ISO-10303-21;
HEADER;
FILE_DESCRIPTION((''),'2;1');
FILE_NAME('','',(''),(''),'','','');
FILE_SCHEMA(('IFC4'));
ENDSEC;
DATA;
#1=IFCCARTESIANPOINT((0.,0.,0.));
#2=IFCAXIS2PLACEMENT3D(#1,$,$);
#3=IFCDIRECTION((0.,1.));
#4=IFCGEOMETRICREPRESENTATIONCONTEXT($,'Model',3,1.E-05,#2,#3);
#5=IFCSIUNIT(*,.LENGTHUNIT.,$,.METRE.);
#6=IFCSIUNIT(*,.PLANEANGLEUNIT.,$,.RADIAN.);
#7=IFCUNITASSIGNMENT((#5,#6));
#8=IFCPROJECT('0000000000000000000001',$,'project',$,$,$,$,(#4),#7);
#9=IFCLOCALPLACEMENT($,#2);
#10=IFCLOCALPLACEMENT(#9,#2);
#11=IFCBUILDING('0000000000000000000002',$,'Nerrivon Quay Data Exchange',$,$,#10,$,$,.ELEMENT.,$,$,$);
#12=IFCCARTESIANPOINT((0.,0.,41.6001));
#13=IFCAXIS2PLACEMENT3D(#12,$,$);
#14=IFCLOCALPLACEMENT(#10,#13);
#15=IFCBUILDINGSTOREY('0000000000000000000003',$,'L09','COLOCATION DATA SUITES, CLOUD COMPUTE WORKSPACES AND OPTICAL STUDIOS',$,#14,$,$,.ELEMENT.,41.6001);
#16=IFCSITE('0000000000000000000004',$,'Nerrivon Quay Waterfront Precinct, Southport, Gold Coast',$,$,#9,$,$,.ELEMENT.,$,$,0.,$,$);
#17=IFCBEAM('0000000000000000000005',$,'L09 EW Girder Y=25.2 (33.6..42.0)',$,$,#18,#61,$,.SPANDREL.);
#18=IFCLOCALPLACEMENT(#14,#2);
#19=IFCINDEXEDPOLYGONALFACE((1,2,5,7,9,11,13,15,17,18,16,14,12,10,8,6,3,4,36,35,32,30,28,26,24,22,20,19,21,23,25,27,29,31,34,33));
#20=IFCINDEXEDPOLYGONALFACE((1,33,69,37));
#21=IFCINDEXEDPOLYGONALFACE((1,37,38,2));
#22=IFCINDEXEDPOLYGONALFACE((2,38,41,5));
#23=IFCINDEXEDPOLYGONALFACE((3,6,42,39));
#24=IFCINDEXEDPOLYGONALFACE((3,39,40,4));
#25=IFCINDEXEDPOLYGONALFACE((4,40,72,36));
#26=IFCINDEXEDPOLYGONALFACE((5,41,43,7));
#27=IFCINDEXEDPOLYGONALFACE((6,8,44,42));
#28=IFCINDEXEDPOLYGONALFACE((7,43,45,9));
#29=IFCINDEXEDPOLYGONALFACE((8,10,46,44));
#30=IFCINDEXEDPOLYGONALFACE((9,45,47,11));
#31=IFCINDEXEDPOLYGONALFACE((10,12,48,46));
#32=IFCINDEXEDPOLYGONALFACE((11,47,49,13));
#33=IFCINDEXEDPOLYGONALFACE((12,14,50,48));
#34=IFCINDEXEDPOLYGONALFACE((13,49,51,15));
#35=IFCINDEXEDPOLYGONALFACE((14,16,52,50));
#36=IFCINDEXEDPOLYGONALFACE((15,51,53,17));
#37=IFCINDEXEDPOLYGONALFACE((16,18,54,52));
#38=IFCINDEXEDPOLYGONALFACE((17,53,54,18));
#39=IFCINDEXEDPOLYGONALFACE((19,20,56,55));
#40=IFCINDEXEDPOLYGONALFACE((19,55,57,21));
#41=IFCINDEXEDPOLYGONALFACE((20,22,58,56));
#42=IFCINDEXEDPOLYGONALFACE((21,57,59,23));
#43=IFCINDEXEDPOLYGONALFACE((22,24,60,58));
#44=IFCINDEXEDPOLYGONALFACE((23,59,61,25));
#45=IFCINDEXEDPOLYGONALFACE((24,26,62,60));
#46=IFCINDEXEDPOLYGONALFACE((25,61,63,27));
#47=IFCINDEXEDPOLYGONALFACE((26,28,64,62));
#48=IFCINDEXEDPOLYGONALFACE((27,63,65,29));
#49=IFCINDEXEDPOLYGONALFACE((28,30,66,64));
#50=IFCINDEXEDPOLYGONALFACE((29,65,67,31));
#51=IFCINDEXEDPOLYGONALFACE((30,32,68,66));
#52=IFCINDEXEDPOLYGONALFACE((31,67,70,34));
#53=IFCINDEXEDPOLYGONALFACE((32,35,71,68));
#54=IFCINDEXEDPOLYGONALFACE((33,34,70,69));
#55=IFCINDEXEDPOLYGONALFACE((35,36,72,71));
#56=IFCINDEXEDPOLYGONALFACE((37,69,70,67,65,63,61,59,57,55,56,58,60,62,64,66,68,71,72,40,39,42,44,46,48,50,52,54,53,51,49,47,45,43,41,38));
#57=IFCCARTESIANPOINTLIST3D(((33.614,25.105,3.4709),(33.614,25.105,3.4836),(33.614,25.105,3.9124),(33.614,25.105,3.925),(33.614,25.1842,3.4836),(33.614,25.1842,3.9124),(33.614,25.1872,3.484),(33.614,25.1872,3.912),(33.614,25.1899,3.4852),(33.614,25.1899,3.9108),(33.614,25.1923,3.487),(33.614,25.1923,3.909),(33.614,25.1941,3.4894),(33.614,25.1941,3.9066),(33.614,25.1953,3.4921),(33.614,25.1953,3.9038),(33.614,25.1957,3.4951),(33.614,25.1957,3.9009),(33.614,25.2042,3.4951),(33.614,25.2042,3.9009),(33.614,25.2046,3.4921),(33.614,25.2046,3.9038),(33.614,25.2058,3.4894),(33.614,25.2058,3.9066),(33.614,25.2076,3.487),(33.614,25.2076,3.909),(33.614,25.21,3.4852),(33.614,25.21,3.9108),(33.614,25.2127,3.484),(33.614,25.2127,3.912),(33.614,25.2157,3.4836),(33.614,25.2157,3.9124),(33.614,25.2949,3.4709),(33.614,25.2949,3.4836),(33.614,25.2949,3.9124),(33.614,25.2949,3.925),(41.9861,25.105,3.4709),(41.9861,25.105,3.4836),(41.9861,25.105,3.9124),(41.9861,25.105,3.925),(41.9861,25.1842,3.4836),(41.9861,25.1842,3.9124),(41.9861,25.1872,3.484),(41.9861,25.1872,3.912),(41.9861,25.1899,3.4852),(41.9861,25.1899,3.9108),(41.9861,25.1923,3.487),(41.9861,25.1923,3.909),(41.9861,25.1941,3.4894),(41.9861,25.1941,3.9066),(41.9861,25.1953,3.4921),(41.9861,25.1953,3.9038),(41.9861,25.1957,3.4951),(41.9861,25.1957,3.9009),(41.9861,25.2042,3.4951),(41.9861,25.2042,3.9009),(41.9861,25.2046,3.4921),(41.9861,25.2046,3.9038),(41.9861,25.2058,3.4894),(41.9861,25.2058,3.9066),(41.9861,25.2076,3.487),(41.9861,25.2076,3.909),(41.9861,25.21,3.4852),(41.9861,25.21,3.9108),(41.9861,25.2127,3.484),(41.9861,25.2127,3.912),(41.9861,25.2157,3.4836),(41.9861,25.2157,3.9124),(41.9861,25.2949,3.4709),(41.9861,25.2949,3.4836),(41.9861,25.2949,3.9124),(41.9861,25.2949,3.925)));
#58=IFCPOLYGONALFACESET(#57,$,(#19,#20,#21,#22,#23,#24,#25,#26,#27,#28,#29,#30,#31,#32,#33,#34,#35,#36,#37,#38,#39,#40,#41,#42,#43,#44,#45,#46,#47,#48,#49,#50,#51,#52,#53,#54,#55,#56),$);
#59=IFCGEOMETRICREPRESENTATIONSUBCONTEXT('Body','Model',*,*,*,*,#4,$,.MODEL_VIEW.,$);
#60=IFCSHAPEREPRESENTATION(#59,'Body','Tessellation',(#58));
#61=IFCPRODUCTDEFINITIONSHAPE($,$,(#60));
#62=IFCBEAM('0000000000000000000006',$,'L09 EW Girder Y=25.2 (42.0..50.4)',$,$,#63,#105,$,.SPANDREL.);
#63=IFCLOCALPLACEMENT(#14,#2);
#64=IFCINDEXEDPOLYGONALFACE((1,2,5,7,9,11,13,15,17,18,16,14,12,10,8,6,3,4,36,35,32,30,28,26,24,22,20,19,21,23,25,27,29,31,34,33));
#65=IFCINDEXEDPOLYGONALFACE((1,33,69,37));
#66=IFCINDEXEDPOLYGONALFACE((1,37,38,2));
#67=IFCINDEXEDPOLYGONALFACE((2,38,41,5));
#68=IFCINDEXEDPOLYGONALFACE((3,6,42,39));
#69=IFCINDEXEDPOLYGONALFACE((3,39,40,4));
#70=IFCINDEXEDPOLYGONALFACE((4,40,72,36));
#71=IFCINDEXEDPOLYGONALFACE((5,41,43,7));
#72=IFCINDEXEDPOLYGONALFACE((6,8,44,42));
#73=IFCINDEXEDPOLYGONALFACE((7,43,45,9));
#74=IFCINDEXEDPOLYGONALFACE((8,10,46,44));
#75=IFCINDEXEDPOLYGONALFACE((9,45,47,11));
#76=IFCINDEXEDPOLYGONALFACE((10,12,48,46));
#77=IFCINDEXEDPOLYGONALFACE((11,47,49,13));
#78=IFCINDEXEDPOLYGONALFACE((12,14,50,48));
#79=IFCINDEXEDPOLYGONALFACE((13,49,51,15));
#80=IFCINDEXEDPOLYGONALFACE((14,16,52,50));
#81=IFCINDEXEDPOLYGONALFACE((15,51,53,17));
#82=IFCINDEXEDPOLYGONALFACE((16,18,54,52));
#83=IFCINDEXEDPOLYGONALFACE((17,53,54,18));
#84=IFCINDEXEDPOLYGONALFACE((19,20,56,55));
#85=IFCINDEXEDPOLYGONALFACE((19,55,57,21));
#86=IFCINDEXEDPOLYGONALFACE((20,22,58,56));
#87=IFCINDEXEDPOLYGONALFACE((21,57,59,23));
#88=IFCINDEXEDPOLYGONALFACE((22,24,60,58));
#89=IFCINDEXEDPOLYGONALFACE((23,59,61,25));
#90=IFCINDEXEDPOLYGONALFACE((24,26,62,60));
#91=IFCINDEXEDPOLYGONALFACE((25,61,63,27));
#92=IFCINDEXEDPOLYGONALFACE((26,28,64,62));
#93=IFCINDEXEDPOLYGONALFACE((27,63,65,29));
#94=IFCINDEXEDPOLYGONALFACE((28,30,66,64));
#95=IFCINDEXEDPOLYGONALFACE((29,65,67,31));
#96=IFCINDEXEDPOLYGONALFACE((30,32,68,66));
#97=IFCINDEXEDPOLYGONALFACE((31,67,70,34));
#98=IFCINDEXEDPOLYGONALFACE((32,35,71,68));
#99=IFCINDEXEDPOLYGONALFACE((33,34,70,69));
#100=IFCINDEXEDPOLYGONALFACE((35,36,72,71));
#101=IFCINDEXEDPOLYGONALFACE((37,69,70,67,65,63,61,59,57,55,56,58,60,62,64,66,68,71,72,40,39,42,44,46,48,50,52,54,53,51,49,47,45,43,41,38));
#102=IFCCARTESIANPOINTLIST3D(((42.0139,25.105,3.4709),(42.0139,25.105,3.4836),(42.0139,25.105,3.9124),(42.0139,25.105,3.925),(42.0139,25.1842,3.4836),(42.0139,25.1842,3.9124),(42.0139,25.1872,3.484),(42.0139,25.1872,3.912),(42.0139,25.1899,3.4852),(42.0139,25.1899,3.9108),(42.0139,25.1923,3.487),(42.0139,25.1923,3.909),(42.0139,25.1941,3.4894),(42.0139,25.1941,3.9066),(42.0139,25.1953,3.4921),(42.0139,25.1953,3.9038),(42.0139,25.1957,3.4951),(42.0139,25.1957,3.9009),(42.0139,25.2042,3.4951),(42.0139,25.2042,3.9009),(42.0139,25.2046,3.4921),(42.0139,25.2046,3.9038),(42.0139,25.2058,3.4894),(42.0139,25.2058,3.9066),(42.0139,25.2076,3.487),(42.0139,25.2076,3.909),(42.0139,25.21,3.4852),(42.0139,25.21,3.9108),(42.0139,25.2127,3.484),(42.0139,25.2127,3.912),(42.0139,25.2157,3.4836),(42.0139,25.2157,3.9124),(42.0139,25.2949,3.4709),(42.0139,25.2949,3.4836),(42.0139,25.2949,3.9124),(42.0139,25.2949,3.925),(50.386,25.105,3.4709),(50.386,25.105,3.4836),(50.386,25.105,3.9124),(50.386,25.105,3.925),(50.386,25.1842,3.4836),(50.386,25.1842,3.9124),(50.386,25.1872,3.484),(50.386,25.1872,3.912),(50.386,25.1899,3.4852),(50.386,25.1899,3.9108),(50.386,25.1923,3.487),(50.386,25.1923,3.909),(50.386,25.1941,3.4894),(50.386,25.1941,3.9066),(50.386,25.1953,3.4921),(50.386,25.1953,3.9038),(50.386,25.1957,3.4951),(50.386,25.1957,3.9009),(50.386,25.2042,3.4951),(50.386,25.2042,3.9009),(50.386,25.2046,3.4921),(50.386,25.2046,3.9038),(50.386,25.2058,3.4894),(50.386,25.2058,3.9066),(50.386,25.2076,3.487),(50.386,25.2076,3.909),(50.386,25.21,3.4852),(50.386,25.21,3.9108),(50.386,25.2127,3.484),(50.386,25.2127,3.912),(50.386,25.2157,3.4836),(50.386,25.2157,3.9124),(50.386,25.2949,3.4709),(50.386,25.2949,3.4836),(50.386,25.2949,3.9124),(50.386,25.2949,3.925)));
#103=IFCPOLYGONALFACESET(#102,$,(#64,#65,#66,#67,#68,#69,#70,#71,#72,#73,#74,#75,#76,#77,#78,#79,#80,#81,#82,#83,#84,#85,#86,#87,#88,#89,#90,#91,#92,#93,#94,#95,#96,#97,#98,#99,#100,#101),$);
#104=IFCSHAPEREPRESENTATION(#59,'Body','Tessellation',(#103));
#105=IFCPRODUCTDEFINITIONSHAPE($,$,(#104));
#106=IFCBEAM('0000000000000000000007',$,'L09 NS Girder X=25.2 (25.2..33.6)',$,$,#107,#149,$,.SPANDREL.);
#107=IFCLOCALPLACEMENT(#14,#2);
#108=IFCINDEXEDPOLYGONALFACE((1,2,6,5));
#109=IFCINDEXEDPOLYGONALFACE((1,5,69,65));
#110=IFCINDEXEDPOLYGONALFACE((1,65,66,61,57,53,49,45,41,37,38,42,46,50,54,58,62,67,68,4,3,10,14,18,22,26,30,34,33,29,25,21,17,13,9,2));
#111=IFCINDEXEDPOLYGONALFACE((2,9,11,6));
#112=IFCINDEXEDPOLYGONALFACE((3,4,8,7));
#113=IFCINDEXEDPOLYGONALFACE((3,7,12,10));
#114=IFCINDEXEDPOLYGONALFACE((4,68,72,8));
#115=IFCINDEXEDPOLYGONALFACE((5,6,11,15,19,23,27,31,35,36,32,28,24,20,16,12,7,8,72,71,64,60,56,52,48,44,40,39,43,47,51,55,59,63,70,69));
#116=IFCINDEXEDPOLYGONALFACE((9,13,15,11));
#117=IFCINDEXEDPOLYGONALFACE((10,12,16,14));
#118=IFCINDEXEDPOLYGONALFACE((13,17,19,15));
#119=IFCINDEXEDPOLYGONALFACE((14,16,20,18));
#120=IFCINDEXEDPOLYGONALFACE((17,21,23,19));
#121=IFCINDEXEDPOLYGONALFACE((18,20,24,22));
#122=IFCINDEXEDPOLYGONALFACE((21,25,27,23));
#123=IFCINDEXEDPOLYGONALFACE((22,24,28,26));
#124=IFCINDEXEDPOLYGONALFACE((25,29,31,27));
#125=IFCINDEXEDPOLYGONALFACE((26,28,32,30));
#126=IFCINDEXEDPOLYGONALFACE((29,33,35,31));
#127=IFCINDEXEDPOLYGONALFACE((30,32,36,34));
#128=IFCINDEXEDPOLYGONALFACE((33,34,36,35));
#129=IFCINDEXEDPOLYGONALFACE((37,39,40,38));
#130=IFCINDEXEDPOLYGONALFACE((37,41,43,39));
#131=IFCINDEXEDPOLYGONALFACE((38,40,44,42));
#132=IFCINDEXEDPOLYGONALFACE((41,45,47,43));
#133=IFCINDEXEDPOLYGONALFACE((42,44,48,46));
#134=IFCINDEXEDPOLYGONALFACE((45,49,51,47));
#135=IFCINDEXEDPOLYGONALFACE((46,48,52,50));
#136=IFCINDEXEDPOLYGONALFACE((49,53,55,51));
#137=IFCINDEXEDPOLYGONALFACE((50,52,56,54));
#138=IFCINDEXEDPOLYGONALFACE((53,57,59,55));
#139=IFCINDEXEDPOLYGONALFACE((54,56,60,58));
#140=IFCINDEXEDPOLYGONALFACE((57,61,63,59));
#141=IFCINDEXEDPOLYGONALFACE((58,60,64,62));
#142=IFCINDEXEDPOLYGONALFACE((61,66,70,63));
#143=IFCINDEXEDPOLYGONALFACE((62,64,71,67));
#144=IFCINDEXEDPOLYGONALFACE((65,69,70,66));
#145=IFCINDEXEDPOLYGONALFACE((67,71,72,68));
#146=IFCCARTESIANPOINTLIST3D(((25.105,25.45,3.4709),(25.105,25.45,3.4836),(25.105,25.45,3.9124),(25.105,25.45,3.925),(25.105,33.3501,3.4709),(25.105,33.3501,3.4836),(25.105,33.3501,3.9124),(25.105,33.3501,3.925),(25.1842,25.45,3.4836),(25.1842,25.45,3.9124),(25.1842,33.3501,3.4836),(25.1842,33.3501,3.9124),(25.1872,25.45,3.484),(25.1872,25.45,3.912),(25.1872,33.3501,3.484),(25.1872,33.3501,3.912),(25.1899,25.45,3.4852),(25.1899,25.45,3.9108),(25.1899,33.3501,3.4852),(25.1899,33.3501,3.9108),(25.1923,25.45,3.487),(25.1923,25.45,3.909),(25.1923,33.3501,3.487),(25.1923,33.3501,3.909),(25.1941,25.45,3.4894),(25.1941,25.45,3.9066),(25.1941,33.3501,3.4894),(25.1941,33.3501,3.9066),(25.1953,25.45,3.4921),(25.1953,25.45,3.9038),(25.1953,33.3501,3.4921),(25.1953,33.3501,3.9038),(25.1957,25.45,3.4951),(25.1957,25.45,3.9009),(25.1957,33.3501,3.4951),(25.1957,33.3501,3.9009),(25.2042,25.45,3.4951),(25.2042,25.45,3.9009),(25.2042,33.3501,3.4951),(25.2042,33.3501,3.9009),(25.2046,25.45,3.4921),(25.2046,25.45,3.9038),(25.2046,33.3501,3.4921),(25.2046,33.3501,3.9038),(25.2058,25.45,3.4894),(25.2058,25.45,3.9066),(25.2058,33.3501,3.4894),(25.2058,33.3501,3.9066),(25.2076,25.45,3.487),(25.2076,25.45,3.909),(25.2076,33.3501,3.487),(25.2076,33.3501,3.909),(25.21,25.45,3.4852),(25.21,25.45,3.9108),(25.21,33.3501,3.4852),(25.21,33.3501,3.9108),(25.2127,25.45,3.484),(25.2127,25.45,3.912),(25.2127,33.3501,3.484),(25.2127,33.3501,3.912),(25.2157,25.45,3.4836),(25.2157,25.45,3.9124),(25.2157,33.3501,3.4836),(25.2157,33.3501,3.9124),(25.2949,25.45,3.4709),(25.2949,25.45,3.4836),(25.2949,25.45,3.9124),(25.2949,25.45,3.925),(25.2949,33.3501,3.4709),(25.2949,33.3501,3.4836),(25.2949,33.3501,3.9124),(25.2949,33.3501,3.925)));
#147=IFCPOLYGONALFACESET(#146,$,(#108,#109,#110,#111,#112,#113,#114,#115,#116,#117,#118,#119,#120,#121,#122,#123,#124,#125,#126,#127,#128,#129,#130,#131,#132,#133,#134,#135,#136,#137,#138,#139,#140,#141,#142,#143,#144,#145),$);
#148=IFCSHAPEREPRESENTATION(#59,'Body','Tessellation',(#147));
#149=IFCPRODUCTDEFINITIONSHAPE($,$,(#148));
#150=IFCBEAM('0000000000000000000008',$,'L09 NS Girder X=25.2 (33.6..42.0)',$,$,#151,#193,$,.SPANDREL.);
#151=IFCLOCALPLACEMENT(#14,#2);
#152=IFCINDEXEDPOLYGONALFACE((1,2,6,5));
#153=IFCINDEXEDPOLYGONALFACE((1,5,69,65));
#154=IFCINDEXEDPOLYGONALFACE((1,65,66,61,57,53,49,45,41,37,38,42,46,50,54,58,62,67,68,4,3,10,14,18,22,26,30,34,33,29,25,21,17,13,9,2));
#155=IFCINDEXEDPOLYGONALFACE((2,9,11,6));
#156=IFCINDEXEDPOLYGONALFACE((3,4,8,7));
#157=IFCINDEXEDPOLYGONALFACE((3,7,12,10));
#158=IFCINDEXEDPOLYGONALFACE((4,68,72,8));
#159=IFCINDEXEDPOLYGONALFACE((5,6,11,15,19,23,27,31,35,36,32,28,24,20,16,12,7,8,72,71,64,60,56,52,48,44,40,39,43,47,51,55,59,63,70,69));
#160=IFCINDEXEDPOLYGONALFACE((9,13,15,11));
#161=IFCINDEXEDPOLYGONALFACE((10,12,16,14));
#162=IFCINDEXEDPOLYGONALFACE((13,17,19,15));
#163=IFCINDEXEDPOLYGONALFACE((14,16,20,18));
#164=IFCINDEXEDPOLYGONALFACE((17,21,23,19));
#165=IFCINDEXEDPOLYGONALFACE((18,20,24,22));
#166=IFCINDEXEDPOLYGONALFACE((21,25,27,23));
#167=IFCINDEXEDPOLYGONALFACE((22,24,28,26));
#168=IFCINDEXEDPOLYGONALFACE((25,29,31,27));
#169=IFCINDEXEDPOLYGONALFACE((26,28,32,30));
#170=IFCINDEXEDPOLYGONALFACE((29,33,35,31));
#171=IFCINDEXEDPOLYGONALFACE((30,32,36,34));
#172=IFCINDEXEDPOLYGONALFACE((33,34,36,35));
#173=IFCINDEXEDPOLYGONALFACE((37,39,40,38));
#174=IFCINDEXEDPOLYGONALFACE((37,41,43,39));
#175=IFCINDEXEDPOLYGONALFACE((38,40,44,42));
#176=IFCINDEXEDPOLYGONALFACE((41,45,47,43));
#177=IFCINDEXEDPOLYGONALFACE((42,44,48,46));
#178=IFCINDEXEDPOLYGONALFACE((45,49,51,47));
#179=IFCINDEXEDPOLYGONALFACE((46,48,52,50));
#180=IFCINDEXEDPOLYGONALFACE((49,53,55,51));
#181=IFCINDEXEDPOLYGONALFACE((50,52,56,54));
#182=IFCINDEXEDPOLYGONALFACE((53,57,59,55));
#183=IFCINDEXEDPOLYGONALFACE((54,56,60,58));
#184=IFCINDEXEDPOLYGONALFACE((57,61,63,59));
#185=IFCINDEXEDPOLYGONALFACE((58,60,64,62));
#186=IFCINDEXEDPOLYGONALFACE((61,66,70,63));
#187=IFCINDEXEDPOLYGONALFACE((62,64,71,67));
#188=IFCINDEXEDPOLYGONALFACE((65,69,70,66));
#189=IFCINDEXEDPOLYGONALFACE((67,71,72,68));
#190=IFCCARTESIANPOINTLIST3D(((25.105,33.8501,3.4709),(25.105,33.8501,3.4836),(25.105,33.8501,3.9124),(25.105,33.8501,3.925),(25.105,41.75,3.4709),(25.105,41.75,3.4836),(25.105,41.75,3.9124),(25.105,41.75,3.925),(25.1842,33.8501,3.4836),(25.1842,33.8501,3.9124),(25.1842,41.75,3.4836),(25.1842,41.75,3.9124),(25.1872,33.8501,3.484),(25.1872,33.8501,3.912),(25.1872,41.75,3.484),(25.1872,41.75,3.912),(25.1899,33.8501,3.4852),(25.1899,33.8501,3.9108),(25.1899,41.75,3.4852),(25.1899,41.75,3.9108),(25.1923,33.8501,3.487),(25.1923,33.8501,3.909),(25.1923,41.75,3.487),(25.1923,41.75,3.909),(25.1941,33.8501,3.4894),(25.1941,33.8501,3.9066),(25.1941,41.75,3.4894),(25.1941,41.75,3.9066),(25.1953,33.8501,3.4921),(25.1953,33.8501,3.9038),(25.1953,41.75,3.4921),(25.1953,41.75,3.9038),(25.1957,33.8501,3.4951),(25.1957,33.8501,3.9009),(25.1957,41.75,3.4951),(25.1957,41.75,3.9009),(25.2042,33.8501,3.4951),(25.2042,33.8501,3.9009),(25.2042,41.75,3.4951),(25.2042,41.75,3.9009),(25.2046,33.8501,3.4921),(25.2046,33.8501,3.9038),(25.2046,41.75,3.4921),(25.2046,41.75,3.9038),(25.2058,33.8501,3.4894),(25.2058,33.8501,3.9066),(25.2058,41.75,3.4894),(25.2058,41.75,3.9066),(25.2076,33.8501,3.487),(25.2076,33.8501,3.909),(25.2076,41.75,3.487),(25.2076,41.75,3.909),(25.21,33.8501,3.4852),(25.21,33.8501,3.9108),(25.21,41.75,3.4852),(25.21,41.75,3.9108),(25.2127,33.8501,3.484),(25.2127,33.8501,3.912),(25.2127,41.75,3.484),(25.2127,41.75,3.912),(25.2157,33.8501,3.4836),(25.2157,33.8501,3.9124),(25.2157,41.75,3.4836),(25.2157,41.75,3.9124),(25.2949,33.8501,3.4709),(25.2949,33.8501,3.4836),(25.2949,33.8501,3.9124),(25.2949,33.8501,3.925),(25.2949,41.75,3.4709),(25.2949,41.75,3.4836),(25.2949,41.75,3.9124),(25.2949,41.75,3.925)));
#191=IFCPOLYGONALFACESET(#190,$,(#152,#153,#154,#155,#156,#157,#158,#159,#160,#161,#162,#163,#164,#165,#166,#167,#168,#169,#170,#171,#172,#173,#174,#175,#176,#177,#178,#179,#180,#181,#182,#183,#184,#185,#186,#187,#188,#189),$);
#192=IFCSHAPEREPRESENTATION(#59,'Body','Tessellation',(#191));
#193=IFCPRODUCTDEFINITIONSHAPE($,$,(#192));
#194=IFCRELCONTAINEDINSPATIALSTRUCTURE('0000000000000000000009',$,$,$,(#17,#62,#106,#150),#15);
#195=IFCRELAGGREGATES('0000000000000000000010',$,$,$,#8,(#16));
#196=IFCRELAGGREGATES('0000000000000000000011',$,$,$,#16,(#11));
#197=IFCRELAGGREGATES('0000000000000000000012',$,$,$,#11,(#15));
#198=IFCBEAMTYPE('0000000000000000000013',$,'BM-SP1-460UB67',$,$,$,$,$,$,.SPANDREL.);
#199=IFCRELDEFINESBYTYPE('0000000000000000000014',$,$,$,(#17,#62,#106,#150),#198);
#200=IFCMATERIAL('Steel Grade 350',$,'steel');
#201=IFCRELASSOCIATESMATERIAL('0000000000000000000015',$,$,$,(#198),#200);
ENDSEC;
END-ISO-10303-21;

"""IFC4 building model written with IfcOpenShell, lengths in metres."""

from ifc_helpers import new_model, si_unit, direction, frame, origin, origin_2d, place, context, subcontext, project, spatial, i_section, extrude, material, material_profile, profile_set, type_object, element, save


model = new_model("IFC4")

# Units and contexts
model_context = context("Model", 3, precision=1e-05, world=origin(), true_north=direction((0.0, 1.0)))
body_context = subcontext(model_context, "Body", "Model", "MODEL_VIEW")
ifc_project = project(units=[si_unit("LENGTHUNIT", "METRE"), si_unit("PLANEANGLEUNIT", "RADIAN")], contexts=[model_context])

# Site, building, storey
site_placement = place(None, origin())
site = spatial("IfcSite", under=ifc_project, at=site_placement, Name="Nerrivon Quay Waterfront Precinct, Southport, Gold Coast", CompositionType="ELEMENT", RefElevation=0.0)
building_placement = place(site_placement, origin())
building = spatial("IfcBuilding", under=site, at=building_placement, Name="Nerrivon Quay Data Exchange", CompositionType="ELEMENT")
storey_placement = place(building_placement, frame((0.0, 0.0, 41.6001)))
storey = spatial("IfcBuildingStorey", under=building, at=storey_placement, Name="L09", Description="COLOCATION DATA SUITES, CLOUD COMPUTE WORKSPACES AND OPTICAL STUDIOS", CompositionType="ELEMENT", Elevation=41.6001)

# Shared definitions
ifc_material_1 = material(Name="Steel Grade 350", Category="steel")

# Beams
ifc_material_profile_1 = material_profile(ifc_material_1, i_section(OverallWidth=0.1899, OverallDepth=0.4541, WebThickness=0.0085, FlangeThickness=0.0127, FilletRadius=0.0115, at=origin_2d()), Name="460UB67.1")
ifc_profile_set_1 = profile_set([ifc_material_profile_1], Name="Steel Grade 350")
beam_type = type_object("IfcBeamType", Name="BM-SP1-460UB67", PredefinedType="SPANDREL", material=ifc_profile_set_1)
for number, where, z_axis, x_axis, name in (
    (1, (33.614, 25.2, 3.698), (1.0, 0.0, 0.0), (0.0, 1.0, 0.0), "L09 EW Girder Y=25.2 (33.6..42.0)"),
    (2, (42.0139, 25.2, 3.698), (1.0, 0.0, 0.0), (0.0, 1.0, 0.0), "L09 EW Girder Y=25.2 (42.0..50.4)"),
):
    element("IfcBeam", number, at=place(storey_placement, frame(where, z_axis=z_axis, x_axis=x_axis)), inside=storey, type_object=beam_type, Name=name, PredefinedType="SPANDREL", context=body_context, shape_type="SweptSolid", body=[
        extrude(i_section(OverallWidth=0.1899, OverallDepth=0.4541, WebThickness=0.0085, FlangeThickness=0.0127, FilletRadius=0.0115, at=origin_2d()), origin(), (0.0, 0.0, 1.0), 8.3721),
    ])
beam_1_placement = place(storey_placement, frame((25.2, 25.45, 3.698), z_axis=(0.0, 1.0, 0.0), x_axis=(-1.0, 0.0, 0.0)))
element("IfcBeam", 3, at=beam_1_placement, inside=storey, type_object=beam_type, Name="L09 NS Girder X=25.2 (25.2..33.6)", PredefinedType="SPANDREL", context=body_context, shape_type="SweptSolid", body=[
    extrude(i_section(OverallWidth=0.1899, OverallDepth=0.4541, WebThickness=0.0085, FlangeThickness=0.0127, FilletRadius=0.0115, at=origin_2d()), origin(), (0.0, 0.0, 1.0), 7.9001),
])
beam_2_placement = place(storey_placement, frame((25.2, 33.8501, 3.698), z_axis=(0.0, 1.0, 0.0), x_axis=(-1.0, 0.0, 0.0)))
element("IfcBeam", 4, at=beam_2_placement, inside=storey, type_object=beam_type, Name="L09 NS Girder X=25.2 (33.6..42.0)", PredefinedType="SPANDREL", context=body_context, shape_type="SweptSolid", body=[
    extrude(i_section(OverallWidth=0.1899, OverallDepth=0.4541, WebThickness=0.0085, FlangeThickness=0.0127, FilletRadius=0.0115, at=origin_2d()), origin(), (0.0, 0.0, 1.0), 7.8999),
])

save(model, "model.ifc")
